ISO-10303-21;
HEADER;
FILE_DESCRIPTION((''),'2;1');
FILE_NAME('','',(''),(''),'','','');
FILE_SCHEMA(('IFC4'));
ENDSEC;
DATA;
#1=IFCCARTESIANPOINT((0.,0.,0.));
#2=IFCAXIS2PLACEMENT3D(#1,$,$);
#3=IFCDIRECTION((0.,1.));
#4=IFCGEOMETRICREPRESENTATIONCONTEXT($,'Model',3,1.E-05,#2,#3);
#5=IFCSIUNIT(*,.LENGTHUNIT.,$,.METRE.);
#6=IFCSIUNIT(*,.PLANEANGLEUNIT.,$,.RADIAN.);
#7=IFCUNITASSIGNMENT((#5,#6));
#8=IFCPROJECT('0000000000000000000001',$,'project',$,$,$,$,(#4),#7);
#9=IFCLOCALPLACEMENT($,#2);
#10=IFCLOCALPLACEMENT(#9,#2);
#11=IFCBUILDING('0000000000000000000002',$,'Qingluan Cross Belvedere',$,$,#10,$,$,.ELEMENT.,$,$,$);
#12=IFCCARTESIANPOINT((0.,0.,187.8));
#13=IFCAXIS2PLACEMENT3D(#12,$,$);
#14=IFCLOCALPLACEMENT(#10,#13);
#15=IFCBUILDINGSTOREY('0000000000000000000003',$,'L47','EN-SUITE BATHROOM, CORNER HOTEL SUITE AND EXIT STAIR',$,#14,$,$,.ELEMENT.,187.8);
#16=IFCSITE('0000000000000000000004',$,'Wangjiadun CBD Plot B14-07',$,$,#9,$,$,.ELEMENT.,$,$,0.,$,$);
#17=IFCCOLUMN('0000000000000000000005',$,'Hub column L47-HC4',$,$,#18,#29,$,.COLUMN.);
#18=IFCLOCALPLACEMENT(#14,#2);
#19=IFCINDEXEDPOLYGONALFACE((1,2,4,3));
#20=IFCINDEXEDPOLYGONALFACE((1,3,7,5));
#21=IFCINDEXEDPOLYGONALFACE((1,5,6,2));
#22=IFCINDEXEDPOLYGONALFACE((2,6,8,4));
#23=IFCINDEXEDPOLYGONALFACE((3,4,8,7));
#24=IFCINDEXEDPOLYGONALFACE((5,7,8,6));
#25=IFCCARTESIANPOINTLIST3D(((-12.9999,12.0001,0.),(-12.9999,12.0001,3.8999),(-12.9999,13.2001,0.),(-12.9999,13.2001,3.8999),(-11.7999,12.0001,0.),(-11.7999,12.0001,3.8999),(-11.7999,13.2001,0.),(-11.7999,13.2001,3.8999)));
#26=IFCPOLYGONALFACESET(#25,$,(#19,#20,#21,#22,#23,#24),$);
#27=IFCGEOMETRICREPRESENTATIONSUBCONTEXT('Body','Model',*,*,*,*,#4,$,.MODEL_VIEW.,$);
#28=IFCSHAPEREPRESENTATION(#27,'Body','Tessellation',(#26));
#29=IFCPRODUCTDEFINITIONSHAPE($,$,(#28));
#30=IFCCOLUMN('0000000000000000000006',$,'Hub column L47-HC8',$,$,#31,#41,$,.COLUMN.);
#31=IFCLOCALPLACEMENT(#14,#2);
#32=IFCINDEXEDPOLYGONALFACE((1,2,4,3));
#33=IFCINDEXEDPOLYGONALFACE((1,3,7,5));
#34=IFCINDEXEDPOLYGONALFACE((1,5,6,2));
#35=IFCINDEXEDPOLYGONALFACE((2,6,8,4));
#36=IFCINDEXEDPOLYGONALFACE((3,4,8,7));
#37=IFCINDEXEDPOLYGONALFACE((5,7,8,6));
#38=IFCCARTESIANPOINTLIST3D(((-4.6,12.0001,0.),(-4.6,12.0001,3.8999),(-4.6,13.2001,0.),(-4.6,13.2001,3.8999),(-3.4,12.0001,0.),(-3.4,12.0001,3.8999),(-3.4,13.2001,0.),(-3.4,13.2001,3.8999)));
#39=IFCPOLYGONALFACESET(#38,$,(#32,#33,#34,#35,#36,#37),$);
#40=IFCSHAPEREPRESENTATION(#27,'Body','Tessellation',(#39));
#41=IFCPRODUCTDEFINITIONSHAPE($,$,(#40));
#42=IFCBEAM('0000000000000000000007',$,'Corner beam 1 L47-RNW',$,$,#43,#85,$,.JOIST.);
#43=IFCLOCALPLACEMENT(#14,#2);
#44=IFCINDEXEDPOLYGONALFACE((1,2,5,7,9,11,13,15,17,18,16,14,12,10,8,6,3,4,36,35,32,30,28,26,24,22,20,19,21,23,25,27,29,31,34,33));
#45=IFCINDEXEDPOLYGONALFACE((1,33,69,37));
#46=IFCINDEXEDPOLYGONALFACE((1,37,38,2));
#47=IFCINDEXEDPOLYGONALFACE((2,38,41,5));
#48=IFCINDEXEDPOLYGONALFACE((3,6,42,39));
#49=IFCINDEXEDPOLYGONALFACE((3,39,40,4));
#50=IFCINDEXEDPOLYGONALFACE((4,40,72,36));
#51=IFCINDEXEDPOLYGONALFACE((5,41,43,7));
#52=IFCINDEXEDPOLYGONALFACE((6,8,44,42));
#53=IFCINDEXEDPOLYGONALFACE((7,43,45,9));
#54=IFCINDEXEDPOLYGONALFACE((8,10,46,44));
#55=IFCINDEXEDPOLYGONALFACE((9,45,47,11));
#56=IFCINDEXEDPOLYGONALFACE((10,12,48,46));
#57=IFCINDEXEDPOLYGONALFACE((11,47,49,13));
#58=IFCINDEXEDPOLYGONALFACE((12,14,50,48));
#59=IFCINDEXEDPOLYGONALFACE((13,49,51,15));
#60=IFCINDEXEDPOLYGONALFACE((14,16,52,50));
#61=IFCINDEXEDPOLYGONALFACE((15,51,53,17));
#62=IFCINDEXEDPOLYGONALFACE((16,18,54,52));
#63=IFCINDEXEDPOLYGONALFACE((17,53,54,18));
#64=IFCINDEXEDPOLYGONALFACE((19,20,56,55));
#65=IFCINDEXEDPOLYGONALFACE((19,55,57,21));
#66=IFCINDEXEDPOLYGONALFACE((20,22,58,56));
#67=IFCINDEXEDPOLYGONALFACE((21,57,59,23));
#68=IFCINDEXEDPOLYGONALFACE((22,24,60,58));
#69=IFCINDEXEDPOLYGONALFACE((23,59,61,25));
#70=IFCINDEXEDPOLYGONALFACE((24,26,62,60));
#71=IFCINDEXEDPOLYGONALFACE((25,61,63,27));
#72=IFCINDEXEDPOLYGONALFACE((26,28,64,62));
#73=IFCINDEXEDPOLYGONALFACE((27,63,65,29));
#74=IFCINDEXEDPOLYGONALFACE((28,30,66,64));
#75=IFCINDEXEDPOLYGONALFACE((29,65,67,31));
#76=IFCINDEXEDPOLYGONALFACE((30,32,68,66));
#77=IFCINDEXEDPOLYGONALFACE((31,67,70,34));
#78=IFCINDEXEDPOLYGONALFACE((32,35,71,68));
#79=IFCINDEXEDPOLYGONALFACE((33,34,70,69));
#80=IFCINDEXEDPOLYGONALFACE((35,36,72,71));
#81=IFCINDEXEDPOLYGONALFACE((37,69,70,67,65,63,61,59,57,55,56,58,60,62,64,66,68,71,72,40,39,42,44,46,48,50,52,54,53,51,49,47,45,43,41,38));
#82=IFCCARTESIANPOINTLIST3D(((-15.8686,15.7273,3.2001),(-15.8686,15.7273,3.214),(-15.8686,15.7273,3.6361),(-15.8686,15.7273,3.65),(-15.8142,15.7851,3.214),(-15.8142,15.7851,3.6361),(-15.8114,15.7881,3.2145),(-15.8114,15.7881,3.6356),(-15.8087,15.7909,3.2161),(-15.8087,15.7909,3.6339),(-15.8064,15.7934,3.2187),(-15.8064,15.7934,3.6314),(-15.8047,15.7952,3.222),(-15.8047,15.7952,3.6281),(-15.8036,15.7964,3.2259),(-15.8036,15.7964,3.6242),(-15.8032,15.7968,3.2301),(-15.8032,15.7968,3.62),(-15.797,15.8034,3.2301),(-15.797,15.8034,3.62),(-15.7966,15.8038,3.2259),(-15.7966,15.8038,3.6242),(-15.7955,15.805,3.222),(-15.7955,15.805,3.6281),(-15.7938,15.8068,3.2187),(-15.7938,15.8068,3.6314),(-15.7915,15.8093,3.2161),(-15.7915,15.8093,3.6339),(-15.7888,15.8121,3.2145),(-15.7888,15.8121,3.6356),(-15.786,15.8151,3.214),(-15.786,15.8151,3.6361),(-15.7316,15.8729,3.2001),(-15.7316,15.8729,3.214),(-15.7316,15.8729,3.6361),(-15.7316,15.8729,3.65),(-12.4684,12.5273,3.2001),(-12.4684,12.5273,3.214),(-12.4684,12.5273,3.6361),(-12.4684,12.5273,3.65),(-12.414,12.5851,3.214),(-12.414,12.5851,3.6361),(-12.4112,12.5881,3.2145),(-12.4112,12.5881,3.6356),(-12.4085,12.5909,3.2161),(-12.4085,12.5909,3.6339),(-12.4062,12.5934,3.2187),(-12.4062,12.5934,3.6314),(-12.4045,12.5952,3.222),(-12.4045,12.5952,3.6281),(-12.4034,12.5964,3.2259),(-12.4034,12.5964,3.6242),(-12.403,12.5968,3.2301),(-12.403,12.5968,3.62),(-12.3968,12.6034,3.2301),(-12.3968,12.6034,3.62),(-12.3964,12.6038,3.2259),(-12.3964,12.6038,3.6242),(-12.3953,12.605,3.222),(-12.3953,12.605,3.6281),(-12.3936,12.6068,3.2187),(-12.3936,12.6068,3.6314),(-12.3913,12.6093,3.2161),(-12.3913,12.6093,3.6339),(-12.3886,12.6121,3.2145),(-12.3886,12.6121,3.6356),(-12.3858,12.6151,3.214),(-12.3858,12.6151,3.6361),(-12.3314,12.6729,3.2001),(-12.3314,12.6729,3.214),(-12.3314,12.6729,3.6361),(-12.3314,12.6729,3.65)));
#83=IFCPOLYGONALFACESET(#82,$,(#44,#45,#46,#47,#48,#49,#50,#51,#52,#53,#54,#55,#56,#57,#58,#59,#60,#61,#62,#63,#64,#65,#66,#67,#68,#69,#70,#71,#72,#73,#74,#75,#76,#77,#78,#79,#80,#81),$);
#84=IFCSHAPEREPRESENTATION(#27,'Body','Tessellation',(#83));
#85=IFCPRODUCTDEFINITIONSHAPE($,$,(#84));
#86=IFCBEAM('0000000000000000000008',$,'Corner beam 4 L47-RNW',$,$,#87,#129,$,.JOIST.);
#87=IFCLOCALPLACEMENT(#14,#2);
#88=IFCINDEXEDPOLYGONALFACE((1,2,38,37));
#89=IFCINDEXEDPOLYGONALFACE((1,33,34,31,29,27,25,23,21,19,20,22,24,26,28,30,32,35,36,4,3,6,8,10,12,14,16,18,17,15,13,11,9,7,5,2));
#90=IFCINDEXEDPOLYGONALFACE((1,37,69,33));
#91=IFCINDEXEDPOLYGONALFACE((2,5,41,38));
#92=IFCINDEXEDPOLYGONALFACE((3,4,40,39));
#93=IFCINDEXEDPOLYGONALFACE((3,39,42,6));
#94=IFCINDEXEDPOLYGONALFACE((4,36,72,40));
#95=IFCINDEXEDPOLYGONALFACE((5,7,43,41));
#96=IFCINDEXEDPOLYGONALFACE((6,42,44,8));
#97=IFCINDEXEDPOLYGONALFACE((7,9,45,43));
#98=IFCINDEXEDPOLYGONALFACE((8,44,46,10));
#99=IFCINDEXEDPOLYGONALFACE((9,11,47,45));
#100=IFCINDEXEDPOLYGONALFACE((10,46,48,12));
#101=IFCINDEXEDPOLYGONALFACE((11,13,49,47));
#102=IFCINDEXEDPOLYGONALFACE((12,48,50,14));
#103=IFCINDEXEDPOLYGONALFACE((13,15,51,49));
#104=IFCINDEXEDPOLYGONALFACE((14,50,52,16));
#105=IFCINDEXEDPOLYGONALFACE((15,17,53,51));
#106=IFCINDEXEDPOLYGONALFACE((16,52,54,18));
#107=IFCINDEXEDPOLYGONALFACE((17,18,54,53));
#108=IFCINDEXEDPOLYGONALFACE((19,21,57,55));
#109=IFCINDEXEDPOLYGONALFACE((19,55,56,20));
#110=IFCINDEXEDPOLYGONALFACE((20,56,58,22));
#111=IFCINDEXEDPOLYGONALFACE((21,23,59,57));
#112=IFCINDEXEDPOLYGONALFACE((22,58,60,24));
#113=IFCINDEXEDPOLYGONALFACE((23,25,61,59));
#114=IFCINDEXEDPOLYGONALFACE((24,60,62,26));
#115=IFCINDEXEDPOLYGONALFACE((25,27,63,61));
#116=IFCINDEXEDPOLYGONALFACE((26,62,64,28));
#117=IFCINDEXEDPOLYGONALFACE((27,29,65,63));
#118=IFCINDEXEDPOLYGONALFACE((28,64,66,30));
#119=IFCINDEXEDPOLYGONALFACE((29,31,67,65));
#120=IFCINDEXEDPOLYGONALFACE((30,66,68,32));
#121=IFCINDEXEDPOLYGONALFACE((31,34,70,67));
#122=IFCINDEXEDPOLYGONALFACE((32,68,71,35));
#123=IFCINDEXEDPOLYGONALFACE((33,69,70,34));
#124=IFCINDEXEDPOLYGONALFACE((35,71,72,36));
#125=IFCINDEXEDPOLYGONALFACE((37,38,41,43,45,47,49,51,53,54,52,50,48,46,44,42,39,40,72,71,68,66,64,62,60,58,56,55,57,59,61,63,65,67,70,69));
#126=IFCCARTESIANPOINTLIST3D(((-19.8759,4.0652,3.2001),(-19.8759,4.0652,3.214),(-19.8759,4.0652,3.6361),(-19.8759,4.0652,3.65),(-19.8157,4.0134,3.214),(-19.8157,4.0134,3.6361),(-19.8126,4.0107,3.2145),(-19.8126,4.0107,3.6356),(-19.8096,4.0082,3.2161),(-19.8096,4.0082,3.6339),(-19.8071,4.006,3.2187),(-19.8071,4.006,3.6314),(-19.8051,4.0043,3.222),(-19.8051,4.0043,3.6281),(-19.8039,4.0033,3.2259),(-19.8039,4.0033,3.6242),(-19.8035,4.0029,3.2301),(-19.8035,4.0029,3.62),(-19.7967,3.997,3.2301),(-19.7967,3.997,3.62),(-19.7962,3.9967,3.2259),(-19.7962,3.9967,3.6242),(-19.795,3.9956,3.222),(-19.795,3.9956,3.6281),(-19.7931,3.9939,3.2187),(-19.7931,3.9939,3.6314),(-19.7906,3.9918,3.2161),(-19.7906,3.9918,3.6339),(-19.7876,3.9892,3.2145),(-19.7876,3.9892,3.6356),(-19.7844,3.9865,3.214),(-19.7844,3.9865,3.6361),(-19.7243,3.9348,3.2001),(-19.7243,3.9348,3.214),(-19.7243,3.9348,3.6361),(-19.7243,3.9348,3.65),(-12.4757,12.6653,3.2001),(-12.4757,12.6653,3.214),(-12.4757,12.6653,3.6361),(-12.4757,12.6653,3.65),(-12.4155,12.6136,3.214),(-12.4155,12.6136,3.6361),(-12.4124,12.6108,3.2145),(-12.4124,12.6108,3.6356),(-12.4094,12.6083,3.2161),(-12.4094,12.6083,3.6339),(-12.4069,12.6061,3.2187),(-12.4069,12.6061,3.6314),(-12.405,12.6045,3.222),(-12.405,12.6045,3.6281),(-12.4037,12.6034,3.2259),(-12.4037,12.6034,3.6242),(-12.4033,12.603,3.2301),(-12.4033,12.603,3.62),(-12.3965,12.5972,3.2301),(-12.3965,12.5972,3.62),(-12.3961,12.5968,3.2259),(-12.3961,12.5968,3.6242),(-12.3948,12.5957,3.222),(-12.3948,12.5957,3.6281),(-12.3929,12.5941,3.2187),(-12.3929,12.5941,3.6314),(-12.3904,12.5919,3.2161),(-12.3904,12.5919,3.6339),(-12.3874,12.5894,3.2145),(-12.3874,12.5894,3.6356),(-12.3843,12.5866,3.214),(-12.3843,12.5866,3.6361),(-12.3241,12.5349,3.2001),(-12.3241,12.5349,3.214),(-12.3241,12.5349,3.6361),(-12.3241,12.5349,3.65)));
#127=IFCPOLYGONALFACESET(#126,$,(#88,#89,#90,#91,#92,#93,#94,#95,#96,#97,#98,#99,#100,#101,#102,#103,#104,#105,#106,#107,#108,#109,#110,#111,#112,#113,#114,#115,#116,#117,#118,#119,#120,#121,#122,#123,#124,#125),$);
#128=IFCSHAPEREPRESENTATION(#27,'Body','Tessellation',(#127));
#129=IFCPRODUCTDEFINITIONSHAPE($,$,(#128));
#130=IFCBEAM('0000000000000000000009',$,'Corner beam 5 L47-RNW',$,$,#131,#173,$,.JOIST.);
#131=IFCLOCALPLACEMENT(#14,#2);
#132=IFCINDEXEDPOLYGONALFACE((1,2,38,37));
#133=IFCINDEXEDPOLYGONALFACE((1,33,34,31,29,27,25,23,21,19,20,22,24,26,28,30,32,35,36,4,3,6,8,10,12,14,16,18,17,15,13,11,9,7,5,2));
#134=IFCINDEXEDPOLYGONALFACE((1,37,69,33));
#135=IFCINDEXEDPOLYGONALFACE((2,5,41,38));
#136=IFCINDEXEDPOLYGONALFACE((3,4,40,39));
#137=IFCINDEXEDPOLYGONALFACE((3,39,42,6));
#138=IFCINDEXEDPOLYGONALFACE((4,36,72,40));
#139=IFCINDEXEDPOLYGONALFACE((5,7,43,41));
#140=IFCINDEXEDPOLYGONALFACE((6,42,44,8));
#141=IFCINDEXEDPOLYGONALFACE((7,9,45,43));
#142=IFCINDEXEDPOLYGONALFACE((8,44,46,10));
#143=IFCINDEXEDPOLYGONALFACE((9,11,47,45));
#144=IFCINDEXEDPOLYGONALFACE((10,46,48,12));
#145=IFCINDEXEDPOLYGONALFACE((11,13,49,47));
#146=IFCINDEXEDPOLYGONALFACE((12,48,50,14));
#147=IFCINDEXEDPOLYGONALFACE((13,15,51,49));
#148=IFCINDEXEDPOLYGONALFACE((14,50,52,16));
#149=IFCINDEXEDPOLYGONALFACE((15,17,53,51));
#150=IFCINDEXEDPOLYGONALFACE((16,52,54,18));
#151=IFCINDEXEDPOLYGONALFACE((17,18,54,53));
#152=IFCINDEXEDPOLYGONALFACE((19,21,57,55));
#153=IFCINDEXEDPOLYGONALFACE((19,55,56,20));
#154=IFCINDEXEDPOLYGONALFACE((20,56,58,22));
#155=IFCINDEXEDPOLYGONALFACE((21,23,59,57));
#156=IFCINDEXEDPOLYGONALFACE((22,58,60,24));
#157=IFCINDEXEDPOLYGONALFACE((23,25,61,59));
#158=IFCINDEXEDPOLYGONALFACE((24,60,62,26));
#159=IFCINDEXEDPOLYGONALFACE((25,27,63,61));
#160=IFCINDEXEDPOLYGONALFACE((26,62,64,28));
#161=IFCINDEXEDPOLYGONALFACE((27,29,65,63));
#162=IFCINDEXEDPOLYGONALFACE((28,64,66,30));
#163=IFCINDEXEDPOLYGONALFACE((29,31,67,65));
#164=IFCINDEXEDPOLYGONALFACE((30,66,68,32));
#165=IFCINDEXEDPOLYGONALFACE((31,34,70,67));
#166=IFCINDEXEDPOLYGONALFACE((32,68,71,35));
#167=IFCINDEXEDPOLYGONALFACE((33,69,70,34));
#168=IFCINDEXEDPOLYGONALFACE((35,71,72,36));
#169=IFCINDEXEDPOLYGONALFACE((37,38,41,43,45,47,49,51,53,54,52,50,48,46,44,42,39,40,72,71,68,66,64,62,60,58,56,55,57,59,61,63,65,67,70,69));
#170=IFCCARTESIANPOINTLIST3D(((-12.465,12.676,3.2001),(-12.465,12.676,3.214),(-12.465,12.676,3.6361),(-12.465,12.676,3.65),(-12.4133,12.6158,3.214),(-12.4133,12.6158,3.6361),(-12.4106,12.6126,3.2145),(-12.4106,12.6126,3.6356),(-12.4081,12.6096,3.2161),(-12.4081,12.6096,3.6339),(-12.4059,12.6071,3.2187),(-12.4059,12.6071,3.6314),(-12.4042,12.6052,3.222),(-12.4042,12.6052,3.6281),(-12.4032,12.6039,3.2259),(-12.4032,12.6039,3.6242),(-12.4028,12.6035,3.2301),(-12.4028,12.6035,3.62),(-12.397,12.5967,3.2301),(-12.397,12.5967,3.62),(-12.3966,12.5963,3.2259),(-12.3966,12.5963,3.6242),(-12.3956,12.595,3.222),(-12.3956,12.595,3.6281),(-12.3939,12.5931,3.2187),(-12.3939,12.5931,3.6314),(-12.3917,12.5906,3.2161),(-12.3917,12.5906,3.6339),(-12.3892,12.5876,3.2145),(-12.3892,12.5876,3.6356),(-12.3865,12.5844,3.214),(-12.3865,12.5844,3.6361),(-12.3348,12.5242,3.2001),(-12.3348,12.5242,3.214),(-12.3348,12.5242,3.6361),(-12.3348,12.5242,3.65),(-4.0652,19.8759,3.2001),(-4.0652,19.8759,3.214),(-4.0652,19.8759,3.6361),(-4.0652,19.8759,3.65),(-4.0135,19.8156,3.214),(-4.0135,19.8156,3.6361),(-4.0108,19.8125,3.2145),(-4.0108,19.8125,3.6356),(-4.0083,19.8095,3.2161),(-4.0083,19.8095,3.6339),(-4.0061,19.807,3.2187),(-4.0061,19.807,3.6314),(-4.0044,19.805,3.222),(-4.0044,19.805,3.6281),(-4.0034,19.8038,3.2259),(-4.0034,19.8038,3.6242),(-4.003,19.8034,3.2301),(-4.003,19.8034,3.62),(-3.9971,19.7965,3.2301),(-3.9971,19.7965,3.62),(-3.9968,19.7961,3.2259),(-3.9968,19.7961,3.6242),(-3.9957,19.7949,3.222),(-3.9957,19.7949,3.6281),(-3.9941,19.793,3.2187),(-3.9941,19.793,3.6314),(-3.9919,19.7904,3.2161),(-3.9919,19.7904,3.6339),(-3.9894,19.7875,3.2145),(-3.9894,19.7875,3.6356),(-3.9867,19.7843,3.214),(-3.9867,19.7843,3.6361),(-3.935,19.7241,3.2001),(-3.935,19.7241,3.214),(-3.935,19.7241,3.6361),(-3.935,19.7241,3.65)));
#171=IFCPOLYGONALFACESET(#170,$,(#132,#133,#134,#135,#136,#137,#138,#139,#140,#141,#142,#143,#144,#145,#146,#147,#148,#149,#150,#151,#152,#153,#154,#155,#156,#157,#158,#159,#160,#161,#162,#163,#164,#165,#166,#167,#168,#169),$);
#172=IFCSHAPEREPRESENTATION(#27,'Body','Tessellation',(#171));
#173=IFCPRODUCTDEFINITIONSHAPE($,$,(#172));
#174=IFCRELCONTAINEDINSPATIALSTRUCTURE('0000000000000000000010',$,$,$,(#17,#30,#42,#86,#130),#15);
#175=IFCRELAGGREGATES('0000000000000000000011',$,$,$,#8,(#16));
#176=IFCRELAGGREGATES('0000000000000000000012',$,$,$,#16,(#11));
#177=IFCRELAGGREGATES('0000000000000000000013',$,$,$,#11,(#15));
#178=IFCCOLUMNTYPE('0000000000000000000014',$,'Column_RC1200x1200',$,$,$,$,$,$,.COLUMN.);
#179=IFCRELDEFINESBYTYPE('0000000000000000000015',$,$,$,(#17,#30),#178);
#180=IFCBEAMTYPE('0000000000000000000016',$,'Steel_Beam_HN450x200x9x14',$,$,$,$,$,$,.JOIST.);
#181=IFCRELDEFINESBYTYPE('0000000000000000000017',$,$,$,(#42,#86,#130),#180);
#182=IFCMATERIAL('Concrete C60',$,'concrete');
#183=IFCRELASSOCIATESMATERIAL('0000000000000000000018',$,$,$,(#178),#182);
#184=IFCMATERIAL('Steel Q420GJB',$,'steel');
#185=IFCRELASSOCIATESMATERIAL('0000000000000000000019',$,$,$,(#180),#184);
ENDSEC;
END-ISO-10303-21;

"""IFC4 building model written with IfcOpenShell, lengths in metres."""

from ifc_helpers import new_model, si_unit, direction, frame, origin, origin_2d, place, context, subcontext, project, spatial, rectangle, i_section, extrude, material, material_profile, profile_set, type_object, element, save


model = new_model("IFC4")

# Units and contexts
model_context = context("Model", 3, precision=1e-05, world=origin(), true_north=direction((0.0, 1.0)))
body_context = subcontext(model_context, "Body", "Model", "MODEL_VIEW")
ifc_project = project(units=[si_unit("LENGTHUNIT", "METRE"), si_unit("PLANEANGLEUNIT", "RADIAN")], contexts=[model_context])

# Site, building, storey
site_placement = place(None, origin())
site = spatial("IfcSite", under=ifc_project, at=site_placement, Name="Wangjiadun CBD Plot B14-07", CompositionType="ELEMENT", RefElevation=0.0)
building_placement = place(site_placement, origin())
building = spatial("IfcBuilding", under=site, at=building_placement, Name="Qingluan Cross Belvedere", CompositionType="ELEMENT")
storey_placement = place(building_placement, frame((0.0, 0.0, 187.8)))
storey = spatial("IfcBuildingStorey", under=building, at=storey_placement, Name="L47", Description="EN-SUITE BATHROOM, CORNER HOTEL SUITE AND EXIT STAIR", CompositionType="ELEMENT", Elevation=187.8)

# Columns
ifc_material_1 = material(Name="Concrete C60", Category="concrete")
ifc_material_profile_1 = material_profile(ifc_material_1, rectangle(XDim=1.2, YDim=1.2, at=origin_2d()), Name="RC1200x1200")
ifc_profile_set_1 = profile_set([ifc_material_profile_1], Name="Concrete C60")
column_type = type_object("IfcColumnType", Name="Column_RC1200x1200", PredefinedType="COLUMN", material=ifc_profile_set_1)
for number, where, z_axis, x_axis, name in (
    (1, (-12.3999, 12.6001, 0.0), (0.0, 0.0, 1.0), (1.0, 0.0, 0.0), "Hub column L47-HC4"),
    (2, (-4.0, 12.6001, 0.0), (0.0, 0.0, 1.0), (1.0, 0.0, 0.0), "Hub column L47-HC8"),
):
    element("IfcColumn", number, at=place(storey_placement, frame(where, z_axis=z_axis, x_axis=x_axis)), inside=storey, type_object=column_type, Name=name, PredefinedType="COLUMN", context=body_context, shape_type="SweptSolid", body=[
        extrude(rectangle(XDim=1.2, YDim=1.2, at=origin_2d()), origin(), (0.0, 0.0, 1.0), 3.8999),
    ])

# Beams
ifc_material_2 = material(Name="Steel Q420GJB", Category="steel")
ifc_material_profile_2 = material_profile(ifc_material_2, i_section(OverallWidth=0.2, OverallDepth=0.45, WebThickness=0.009, FlangeThickness=0.0139, FilletRadius=0.0161, at=origin_2d()), Name="HN450x200x9x14")
ifc_profile_set_2 = profile_set([ifc_material_profile_2], Name="Steel Q420GJB")
beam_type_1 = type_object("IfcBeamType", Name="Steel_Beam_HN450x200x9x14", PredefinedType="JOIST", material=ifc_profile_set_2)
beam_1_placement = place(storey_placement, frame((-12.3999, 12.6001, 3.425), z_axis=(-0.72822, 0.685343, 0.0), x_axis=(-0.685343, -0.72822, 0.0)))
element("IfcBeam", 3, at=beam_1_placement, inside=storey, type_object=beam_type_1, Name="Corner beam 1 L47-RNW", PredefinedType="JOIST", context=body_context, shape_type="SweptSolid", body=[
    extrude(i_section(OverallWidth=0.2, OverallDepth=0.45, WebThickness=0.009, FlangeThickness=0.0139, FilletRadius=0.0161, at=origin_2d()), origin(), (0.0, 0.0, 1.0), 4.6692),
])
beam_2_placement = place(storey_placement, frame((-12.3999, 12.6001, 3.425), z_axis=(-0.652245, -0.758008, 0.0), x_axis=(0.758008, -0.652245, 0.0)))
element("IfcBeam", 4, at=beam_2_placement, inside=storey, type_object=beam_type_1, Name="Corner beam 4 L47-RNW", PredefinedType="JOIST", context=body_context, shape_type="SweptSolid", body=[
    extrude(i_section(OverallWidth=0.2, OverallDepth=0.45, WebThickness=0.009, FlangeThickness=0.0139, FilletRadius=0.0161, at=origin_2d()), origin(), (0.0, 0.0, 1.0), 11.3457),
])
beam_3_placement = place(storey_placement, frame((-12.3999, 12.6001, 3.425), z_axis=(0.759255, 0.650793, 0.0), x_axis=(-0.650793, 0.759255, 0.0)))
element("IfcBeam", 5, at=beam_3_placement, inside=storey, type_object=beam_type_1, Name="Corner beam 5 L47-RNW", PredefinedType="JOIST", context=body_context, shape_type="SweptSolid", body=[
    extrude(i_section(OverallWidth=0.2, OverallDepth=0.45, WebThickness=0.009, FlangeThickness=0.0139, FilletRadius=0.0161, at=origin_2d()), origin(), (0.0, 0.0, 1.0), 11.0632),
])

save(model, "model.ifc")
